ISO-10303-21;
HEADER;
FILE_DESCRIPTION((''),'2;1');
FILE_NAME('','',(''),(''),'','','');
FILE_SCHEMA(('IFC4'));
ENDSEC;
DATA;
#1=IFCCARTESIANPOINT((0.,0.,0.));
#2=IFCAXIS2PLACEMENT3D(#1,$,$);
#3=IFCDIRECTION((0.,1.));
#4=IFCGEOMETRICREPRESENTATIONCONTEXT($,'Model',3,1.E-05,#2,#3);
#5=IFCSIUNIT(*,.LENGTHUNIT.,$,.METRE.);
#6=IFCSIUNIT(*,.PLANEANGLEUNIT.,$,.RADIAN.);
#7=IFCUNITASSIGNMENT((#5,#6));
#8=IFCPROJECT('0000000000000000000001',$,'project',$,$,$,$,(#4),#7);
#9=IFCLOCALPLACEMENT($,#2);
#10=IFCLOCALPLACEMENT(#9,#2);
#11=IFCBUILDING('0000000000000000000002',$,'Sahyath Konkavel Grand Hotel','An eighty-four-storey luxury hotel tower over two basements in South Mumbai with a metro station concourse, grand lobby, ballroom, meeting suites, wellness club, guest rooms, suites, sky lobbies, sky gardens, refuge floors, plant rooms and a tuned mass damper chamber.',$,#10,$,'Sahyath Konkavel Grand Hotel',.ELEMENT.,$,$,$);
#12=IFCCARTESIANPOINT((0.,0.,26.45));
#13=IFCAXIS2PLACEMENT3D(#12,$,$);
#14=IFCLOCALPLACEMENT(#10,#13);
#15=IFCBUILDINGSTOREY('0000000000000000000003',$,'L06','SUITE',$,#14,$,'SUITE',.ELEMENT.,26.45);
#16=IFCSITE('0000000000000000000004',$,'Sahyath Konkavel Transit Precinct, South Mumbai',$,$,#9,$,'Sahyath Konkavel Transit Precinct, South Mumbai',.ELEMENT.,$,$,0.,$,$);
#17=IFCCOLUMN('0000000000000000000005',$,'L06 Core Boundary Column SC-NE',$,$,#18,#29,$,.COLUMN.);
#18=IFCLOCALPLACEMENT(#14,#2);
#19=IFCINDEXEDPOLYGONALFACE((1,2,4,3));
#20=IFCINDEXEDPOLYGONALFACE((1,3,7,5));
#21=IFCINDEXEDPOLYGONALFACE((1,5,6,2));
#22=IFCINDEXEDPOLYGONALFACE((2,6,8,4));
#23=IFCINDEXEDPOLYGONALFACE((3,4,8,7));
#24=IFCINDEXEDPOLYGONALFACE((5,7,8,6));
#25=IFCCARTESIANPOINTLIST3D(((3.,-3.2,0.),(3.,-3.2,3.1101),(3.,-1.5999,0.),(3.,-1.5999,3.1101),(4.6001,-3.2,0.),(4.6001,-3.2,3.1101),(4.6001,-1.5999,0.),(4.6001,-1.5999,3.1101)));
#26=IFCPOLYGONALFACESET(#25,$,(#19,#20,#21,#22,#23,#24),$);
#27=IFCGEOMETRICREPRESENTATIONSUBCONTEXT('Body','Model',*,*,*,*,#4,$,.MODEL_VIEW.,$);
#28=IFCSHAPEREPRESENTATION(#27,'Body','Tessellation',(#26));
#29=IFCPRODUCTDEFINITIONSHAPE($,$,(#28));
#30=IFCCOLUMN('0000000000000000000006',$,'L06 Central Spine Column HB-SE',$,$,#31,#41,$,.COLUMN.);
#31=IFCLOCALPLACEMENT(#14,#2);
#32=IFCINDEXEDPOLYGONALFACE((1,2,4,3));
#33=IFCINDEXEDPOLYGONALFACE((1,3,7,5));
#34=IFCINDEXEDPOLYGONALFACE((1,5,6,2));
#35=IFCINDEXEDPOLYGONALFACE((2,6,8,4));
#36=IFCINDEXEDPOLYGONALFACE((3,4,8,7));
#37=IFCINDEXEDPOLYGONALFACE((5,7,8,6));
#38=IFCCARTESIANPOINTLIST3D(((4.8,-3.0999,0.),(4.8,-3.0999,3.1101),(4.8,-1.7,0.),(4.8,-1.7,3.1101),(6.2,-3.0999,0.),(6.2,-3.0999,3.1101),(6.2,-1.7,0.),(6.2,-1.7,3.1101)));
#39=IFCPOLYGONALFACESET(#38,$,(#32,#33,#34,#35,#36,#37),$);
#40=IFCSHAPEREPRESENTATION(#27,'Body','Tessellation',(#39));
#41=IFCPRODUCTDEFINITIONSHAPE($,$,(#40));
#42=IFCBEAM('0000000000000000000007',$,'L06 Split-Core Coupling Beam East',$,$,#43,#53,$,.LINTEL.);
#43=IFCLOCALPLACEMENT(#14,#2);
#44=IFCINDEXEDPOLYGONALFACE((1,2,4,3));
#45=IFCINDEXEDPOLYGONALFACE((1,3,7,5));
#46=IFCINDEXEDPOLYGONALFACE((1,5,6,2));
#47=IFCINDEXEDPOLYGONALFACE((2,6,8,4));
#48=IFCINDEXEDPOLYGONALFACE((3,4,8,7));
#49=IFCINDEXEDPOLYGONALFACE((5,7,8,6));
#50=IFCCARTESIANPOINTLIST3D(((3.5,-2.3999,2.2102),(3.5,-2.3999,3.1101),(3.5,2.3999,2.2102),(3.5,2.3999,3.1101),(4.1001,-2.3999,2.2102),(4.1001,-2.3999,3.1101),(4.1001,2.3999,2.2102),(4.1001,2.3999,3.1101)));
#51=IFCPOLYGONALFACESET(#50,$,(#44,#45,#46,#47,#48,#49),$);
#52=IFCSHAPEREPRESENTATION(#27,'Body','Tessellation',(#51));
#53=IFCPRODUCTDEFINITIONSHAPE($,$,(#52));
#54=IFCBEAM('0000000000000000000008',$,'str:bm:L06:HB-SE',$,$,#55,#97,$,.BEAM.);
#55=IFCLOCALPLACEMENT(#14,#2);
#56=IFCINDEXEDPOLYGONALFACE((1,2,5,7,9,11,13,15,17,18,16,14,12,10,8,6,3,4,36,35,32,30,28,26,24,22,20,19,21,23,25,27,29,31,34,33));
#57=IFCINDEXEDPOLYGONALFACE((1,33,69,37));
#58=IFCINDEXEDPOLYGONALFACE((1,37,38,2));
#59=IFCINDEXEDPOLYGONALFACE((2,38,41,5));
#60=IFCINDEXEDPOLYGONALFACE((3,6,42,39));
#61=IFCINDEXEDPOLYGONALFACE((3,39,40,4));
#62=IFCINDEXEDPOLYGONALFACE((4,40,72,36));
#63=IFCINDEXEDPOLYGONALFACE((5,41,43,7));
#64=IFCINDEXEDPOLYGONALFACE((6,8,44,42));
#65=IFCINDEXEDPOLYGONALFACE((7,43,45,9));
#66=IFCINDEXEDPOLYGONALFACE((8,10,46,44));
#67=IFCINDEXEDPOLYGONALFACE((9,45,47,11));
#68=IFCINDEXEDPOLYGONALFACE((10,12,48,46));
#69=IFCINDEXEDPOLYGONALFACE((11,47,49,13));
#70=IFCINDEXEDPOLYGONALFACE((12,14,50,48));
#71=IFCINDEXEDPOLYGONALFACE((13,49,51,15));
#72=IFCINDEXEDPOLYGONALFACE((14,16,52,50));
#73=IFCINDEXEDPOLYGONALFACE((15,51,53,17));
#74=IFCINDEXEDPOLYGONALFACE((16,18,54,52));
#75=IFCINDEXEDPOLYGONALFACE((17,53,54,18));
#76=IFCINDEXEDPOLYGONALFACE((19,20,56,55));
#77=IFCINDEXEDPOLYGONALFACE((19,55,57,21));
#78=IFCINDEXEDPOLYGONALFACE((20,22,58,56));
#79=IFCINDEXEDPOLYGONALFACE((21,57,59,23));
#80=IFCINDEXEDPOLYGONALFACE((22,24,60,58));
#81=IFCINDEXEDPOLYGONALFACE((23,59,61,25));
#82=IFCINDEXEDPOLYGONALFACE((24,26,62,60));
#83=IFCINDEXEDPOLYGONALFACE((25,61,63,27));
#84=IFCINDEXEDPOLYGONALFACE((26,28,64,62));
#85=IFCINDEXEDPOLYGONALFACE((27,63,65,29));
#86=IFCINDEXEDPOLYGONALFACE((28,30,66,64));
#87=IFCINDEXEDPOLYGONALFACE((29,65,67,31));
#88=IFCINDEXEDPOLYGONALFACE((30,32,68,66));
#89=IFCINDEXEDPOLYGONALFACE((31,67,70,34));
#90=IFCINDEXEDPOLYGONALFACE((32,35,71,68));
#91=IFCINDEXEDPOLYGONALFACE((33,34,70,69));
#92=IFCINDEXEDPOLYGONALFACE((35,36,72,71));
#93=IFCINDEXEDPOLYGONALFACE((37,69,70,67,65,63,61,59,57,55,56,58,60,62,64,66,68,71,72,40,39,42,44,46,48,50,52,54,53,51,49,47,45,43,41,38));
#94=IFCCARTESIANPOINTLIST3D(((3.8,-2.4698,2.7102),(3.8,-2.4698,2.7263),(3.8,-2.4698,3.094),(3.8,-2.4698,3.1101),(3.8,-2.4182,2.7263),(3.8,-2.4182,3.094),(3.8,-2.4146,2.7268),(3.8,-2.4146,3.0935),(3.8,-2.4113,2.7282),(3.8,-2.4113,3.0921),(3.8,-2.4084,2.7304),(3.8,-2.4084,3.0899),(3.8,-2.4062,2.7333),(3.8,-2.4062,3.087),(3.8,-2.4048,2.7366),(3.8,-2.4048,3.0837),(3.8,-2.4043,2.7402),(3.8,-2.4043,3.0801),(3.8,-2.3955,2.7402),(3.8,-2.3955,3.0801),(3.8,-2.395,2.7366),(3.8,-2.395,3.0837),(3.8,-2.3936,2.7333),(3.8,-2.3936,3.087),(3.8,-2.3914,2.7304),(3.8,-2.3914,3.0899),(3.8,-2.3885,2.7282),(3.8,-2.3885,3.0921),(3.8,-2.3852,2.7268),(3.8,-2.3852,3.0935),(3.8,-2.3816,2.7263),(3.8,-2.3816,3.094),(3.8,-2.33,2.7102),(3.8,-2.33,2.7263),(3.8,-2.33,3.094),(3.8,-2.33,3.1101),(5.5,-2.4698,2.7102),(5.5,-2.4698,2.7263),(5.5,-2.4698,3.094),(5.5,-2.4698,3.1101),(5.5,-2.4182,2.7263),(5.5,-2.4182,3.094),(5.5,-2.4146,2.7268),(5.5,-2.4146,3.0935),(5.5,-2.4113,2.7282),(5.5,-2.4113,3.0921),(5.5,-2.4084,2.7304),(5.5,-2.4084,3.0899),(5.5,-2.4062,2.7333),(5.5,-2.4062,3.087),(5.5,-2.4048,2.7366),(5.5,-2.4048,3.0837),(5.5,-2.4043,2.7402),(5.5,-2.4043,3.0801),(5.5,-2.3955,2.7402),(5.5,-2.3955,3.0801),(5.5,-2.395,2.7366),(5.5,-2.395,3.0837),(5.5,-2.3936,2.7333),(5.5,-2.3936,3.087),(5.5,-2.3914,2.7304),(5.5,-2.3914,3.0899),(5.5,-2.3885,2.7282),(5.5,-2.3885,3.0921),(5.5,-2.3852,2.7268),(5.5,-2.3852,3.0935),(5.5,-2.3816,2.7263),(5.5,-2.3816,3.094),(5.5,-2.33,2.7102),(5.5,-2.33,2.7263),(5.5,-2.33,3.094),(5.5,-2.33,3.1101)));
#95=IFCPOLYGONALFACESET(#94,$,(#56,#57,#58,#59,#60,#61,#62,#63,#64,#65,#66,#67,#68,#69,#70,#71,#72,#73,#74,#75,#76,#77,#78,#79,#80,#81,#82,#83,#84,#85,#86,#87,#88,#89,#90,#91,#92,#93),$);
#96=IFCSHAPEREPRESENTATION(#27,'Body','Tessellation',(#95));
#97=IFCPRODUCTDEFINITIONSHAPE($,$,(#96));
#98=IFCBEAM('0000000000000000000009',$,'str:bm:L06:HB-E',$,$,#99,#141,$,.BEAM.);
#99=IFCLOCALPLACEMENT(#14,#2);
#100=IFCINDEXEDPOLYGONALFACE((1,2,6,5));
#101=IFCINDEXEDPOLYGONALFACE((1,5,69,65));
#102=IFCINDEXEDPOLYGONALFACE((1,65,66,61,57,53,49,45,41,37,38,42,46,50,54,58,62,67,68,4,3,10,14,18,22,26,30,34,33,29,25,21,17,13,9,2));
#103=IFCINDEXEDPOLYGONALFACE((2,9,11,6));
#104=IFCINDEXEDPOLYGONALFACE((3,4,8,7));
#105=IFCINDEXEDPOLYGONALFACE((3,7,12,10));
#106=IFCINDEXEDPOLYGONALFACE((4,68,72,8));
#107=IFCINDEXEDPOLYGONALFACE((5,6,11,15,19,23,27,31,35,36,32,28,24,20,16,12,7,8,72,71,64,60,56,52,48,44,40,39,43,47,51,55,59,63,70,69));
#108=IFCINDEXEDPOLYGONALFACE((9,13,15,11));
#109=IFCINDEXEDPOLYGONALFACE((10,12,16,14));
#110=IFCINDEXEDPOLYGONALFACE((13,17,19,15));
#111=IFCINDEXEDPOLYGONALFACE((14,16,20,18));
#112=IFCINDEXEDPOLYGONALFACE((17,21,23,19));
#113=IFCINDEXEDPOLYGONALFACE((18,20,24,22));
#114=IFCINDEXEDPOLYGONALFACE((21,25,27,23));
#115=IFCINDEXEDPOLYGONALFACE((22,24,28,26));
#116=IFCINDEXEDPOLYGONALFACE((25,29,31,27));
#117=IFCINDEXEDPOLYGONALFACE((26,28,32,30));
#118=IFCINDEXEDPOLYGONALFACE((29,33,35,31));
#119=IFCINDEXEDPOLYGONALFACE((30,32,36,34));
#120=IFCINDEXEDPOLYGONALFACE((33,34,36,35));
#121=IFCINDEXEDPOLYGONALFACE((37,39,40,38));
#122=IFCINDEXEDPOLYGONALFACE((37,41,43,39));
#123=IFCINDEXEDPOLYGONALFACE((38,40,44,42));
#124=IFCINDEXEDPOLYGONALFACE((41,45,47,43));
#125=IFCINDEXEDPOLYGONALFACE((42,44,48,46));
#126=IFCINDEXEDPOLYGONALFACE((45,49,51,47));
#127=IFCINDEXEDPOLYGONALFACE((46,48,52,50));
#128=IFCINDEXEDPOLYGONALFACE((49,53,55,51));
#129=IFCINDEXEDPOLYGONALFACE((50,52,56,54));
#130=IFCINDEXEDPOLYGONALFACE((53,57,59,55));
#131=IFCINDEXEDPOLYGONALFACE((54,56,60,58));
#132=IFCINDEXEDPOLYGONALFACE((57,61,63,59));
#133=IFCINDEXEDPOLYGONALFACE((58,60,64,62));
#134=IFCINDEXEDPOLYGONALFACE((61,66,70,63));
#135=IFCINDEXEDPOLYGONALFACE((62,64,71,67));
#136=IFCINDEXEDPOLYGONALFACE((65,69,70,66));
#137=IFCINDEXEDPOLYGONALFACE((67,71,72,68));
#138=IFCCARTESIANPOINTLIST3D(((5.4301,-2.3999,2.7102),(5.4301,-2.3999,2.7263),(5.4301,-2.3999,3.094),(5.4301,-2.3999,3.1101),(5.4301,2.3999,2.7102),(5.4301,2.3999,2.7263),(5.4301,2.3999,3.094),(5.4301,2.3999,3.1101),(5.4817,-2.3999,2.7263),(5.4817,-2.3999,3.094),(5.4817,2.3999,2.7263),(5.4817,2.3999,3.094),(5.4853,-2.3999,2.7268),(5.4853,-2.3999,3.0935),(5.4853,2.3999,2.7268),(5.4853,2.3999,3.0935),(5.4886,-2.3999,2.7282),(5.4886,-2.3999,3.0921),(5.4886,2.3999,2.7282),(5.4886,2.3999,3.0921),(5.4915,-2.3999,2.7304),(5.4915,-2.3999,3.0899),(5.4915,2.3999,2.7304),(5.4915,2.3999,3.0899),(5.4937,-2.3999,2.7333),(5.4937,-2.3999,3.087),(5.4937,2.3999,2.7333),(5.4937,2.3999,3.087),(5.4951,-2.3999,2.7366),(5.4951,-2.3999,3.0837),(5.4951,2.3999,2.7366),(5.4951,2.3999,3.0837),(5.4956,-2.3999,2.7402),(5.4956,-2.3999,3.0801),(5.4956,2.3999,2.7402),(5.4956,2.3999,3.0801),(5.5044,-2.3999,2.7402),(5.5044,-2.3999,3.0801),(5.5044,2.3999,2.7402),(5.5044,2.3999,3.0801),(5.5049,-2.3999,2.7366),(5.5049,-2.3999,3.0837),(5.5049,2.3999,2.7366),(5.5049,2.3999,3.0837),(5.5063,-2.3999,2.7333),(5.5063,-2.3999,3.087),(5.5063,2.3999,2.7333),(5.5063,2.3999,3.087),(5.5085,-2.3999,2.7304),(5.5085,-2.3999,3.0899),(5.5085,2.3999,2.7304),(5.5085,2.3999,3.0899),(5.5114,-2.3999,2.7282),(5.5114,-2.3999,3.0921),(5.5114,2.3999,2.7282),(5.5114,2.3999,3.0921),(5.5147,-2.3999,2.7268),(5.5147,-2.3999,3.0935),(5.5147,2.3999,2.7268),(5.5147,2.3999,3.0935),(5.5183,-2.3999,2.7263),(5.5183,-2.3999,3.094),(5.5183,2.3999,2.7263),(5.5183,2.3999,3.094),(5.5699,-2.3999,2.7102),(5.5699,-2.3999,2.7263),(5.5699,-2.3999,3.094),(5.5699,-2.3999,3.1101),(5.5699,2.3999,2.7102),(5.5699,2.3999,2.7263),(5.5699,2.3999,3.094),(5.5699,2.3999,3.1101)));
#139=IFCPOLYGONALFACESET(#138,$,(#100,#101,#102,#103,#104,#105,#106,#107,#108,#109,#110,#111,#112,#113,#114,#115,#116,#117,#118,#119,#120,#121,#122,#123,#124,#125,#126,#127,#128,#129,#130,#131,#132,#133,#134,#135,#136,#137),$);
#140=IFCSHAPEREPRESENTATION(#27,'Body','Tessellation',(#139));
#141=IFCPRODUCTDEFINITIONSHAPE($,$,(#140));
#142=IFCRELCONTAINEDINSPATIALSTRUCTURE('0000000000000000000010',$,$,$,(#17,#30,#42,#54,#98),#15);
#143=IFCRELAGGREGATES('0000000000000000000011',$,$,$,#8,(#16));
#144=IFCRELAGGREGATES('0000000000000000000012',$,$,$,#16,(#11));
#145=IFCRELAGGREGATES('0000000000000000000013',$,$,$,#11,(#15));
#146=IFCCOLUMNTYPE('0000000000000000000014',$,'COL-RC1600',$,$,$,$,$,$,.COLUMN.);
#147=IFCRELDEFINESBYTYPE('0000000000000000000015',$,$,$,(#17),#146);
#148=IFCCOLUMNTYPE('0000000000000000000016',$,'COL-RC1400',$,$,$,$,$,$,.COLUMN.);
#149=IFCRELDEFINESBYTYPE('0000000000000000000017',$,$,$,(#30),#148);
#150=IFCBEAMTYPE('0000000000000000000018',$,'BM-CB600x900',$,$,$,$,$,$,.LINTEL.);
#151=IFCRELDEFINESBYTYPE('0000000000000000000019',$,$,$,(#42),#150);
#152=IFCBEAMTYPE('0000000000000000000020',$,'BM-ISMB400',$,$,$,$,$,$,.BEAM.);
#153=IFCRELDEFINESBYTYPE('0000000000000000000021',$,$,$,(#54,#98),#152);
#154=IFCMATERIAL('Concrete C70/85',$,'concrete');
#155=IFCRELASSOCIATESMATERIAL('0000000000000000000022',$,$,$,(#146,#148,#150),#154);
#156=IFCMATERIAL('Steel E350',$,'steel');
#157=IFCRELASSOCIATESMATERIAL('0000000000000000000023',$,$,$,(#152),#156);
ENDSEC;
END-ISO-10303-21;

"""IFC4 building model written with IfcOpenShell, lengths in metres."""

from ifc_helpers import new_model, si_unit, direction, frame, origin, origin_2d, place, context, subcontext, project, spatial, rectangle, i_section, extrude, source, transform, mapped, material, material_profile, profile_set, type_object, element, save


model = new_model("IFC4")

# Units and contexts
model_context = context("Model", 3, precision=1e-05, world=origin(), true_north=direction((0.0, 1.0)))
body_context = subcontext(model_context, "Body", "Model", "MODEL_VIEW")
ifc_project = project(units=[si_unit("LENGTHUNIT", "METRE"), si_unit("PLANEANGLEUNIT", "RADIAN")], contexts=[model_context])

# Site, building, storey
site_placement = place(None, origin())
site = spatial("IfcSite", under=ifc_project, at=site_placement, Name="Sahyath Konkavel Transit Precinct, South Mumbai", LongName="Sahyath Konkavel Transit Precinct, South Mumbai", CompositionType="ELEMENT", RefElevation=0.0)
building_placement = place(site_placement, origin())
building = spatial("IfcBuilding", under=site, at=building_placement, Name="Sahyath Konkavel Grand Hotel", Description="An eighty-four-storey luxury hotel tower over two basements in South Mumbai with a metro station concourse, grand lobby, ballroom, meeting suites, wellness club, guest rooms, suites, sky lobbies, sky gardens, refuge floors, plant rooms and a tuned mass damper chamber.", LongName="Sahyath Konkavel Grand Hotel", CompositionType="ELEMENT")
storey_placement = place(building_placement, frame((0.0, 0.0, 26.45)))
storey = spatial("IfcBuildingStorey", under=building, at=storey_placement, Name="L06", Description="SUITE", LongName="SUITE", CompositionType="ELEMENT", Elevation=26.45)

# Columns
ifc_material_1 = material(Name="Concrete C70/85", Category="concrete")
ifc_material_profile_1 = material_profile(ifc_material_1, rectangle(XDim=1.6001, YDim=1.6001, at=origin_2d()), Name="RC 1600x1600")
ifc_profile_set_1 = profile_set([ifc_material_profile_1], Name="Concrete C70/85")
column_type_1 = type_object("IfcColumnType", Name="COL-RC1600", PredefinedType="COLUMN", material=ifc_profile_set_1)
shared_shape_1 = source(origin(), body_context, "Body", "SweptSolid", [
    extrude(rectangle(XDim=1.6001, YDim=1.6001, at=origin_2d()), origin(), (0.0, 0.0, 1.0), 3.1101),
])
column_1_placement = place(storey_placement, frame((3.8, -2.3999, 0.0), z_axis=(0.0, 0.0, 1.0), x_axis=(1.0, 0.0, 0.0)))
element("IfcColumn", 1, at=column_1_placement, inside=storey, type_object=column_type_1, Name="L06 Core Boundary Column SC-NE", PredefinedType="COLUMN", context=body_context, shape_type="MappedRepresentation", body=[
    mapped(shared_shape_1, transform((0.0, 0.0, 0.0), scale=1.0)),
])
ifc_material_profile_2 = material_profile(ifc_material_1, rectangle(XDim=1.3999, YDim=1.3999, at=origin_2d()), Name="RC 1400x1400")
ifc_profile_set_2 = profile_set([ifc_material_profile_2], Name="Concrete C70/85")
column_type_2 = type_object("IfcColumnType", Name="COL-RC1400", PredefinedType="COLUMN", material=ifc_profile_set_2)
shared_shape_2 = source(origin(), body_context, "Body", "SweptSolid", [
    extrude(rectangle(XDim=1.3999, YDim=1.3999, at=origin_2d()), origin(), (0.0, 0.0, 1.0), 3.1101),
])
column_2_placement = place(storey_placement, frame((5.5, -2.3999, 0.0), z_axis=(0.0, 0.0, 1.0), x_axis=(1.0, 0.0, 0.0)))
element("IfcColumn", 2, at=column_2_placement, inside=storey, type_object=column_type_2, Name="L06 Central Spine Column HB-SE", PredefinedType="COLUMN", context=body_context, shape_type="MappedRepresentation", body=[
    mapped(shared_shape_2, transform((0.0, 0.0, 0.0), scale=1.0)),
])

# Beams
ifc_material_profile_3 = material_profile(ifc_material_1, rectangle(XDim=0.6001, YDim=0.8999, at=origin_2d()), Name="RC 600x900")
ifc_profile_set_3 = profile_set([ifc_material_profile_3], Name="Concrete C70/85")
beam_type_1 = type_object("IfcBeamType", Name="BM-CB600x900", PredefinedType="LINTEL", material=ifc_profile_set_3)
shared_shape_3 = source(origin(), body_context, "Body", "SweptSolid", [
    extrude(rectangle(XDim=0.6001, YDim=0.8999, at=origin_2d()), origin(), (0.0, 0.0, 1.0), 4.7998),
])
beam_1_placement = place(storey_placement, frame((3.8, -2.3999, 2.6602), z_axis=(0.0, 1.0, 0.0), x_axis=(-1.0, 0.0, 0.0)))
element("IfcBeam", 3, at=beam_1_placement, inside=storey, type_object=beam_type_1, Name="L06 Split-Core Coupling Beam East", PredefinedType="LINTEL", context=body_context, shape_type="MappedRepresentation", body=[
    mapped(shared_shape_3, transform((0.0, 0.0, 0.0), scale=1.0)),
])
ifc_material_2 = material(Name="Steel E350", Category="steel")
ifc_material_profile_4 = material_profile(ifc_material_2, i_section(OverallWidth=0.1399, OverallDepth=0.3999, WebThickness=0.0088, FlangeThickness=0.0161, FilletRadius=0.0139, at=origin_2d()), Name="ISMB 400")
ifc_profile_set_4 = profile_set([ifc_material_profile_4], Name="Steel E350")
beam_type_2 = type_object("IfcBeamType", Name="BM-ISMB400", PredefinedType="BEAM", material=ifc_profile_set_4)
shared_shape_4 = source(origin(), body_context, "Body", "SweptSolid", [
    extrude(i_section(OverallWidth=0.1399, OverallDepth=0.3999, WebThickness=0.0088, FlangeThickness=0.0161, FilletRadius=0.0139, at=origin_2d()), origin(), (0.0, 0.0, 1.0), 1.7),
])
beam_2_placement = place(storey_placement, frame((3.8, -2.3999, 2.9102), z_axis=(1.0, 0.0, 0.0), x_axis=(0.0, 1.0, 0.0)))
element("IfcBeam", 4, at=beam_2_placement, inside=storey, type_object=beam_type_2, Name="str:bm:L06:HB-SE", PredefinedType="BEAM", context=body_context, shape_type="MappedRepresentation", body=[
    mapped(shared_shape_4, transform((0.0, 0.0, 0.0), scale=1.0)),
])
shared_shape_5 = source(origin(), body_context, "Body", "SweptSolid", [
    extrude(i_section(OverallWidth=0.1399, OverallDepth=0.3999, WebThickness=0.0088, FlangeThickness=0.0161, FilletRadius=0.0139, at=origin_2d()), origin(), (0.0, 0.0, 1.0), 4.7998),
])
beam_3_placement = place(storey_placement, frame((5.5, -2.3999, 2.9102), z_axis=(0.0, 1.0, 0.0), x_axis=(-1.0, 0.0, 0.0)))
element("IfcBeam", 5, at=beam_3_placement, inside=storey, type_object=beam_type_2, Name="str:bm:L06:HB-E", PredefinedType="BEAM", context=body_context, shape_type="MappedRepresentation", body=[
    mapped(shared_shape_5, transform((0.0, 0.0, 0.0), scale=1.0)),
])

save(model, "model.ifc")
